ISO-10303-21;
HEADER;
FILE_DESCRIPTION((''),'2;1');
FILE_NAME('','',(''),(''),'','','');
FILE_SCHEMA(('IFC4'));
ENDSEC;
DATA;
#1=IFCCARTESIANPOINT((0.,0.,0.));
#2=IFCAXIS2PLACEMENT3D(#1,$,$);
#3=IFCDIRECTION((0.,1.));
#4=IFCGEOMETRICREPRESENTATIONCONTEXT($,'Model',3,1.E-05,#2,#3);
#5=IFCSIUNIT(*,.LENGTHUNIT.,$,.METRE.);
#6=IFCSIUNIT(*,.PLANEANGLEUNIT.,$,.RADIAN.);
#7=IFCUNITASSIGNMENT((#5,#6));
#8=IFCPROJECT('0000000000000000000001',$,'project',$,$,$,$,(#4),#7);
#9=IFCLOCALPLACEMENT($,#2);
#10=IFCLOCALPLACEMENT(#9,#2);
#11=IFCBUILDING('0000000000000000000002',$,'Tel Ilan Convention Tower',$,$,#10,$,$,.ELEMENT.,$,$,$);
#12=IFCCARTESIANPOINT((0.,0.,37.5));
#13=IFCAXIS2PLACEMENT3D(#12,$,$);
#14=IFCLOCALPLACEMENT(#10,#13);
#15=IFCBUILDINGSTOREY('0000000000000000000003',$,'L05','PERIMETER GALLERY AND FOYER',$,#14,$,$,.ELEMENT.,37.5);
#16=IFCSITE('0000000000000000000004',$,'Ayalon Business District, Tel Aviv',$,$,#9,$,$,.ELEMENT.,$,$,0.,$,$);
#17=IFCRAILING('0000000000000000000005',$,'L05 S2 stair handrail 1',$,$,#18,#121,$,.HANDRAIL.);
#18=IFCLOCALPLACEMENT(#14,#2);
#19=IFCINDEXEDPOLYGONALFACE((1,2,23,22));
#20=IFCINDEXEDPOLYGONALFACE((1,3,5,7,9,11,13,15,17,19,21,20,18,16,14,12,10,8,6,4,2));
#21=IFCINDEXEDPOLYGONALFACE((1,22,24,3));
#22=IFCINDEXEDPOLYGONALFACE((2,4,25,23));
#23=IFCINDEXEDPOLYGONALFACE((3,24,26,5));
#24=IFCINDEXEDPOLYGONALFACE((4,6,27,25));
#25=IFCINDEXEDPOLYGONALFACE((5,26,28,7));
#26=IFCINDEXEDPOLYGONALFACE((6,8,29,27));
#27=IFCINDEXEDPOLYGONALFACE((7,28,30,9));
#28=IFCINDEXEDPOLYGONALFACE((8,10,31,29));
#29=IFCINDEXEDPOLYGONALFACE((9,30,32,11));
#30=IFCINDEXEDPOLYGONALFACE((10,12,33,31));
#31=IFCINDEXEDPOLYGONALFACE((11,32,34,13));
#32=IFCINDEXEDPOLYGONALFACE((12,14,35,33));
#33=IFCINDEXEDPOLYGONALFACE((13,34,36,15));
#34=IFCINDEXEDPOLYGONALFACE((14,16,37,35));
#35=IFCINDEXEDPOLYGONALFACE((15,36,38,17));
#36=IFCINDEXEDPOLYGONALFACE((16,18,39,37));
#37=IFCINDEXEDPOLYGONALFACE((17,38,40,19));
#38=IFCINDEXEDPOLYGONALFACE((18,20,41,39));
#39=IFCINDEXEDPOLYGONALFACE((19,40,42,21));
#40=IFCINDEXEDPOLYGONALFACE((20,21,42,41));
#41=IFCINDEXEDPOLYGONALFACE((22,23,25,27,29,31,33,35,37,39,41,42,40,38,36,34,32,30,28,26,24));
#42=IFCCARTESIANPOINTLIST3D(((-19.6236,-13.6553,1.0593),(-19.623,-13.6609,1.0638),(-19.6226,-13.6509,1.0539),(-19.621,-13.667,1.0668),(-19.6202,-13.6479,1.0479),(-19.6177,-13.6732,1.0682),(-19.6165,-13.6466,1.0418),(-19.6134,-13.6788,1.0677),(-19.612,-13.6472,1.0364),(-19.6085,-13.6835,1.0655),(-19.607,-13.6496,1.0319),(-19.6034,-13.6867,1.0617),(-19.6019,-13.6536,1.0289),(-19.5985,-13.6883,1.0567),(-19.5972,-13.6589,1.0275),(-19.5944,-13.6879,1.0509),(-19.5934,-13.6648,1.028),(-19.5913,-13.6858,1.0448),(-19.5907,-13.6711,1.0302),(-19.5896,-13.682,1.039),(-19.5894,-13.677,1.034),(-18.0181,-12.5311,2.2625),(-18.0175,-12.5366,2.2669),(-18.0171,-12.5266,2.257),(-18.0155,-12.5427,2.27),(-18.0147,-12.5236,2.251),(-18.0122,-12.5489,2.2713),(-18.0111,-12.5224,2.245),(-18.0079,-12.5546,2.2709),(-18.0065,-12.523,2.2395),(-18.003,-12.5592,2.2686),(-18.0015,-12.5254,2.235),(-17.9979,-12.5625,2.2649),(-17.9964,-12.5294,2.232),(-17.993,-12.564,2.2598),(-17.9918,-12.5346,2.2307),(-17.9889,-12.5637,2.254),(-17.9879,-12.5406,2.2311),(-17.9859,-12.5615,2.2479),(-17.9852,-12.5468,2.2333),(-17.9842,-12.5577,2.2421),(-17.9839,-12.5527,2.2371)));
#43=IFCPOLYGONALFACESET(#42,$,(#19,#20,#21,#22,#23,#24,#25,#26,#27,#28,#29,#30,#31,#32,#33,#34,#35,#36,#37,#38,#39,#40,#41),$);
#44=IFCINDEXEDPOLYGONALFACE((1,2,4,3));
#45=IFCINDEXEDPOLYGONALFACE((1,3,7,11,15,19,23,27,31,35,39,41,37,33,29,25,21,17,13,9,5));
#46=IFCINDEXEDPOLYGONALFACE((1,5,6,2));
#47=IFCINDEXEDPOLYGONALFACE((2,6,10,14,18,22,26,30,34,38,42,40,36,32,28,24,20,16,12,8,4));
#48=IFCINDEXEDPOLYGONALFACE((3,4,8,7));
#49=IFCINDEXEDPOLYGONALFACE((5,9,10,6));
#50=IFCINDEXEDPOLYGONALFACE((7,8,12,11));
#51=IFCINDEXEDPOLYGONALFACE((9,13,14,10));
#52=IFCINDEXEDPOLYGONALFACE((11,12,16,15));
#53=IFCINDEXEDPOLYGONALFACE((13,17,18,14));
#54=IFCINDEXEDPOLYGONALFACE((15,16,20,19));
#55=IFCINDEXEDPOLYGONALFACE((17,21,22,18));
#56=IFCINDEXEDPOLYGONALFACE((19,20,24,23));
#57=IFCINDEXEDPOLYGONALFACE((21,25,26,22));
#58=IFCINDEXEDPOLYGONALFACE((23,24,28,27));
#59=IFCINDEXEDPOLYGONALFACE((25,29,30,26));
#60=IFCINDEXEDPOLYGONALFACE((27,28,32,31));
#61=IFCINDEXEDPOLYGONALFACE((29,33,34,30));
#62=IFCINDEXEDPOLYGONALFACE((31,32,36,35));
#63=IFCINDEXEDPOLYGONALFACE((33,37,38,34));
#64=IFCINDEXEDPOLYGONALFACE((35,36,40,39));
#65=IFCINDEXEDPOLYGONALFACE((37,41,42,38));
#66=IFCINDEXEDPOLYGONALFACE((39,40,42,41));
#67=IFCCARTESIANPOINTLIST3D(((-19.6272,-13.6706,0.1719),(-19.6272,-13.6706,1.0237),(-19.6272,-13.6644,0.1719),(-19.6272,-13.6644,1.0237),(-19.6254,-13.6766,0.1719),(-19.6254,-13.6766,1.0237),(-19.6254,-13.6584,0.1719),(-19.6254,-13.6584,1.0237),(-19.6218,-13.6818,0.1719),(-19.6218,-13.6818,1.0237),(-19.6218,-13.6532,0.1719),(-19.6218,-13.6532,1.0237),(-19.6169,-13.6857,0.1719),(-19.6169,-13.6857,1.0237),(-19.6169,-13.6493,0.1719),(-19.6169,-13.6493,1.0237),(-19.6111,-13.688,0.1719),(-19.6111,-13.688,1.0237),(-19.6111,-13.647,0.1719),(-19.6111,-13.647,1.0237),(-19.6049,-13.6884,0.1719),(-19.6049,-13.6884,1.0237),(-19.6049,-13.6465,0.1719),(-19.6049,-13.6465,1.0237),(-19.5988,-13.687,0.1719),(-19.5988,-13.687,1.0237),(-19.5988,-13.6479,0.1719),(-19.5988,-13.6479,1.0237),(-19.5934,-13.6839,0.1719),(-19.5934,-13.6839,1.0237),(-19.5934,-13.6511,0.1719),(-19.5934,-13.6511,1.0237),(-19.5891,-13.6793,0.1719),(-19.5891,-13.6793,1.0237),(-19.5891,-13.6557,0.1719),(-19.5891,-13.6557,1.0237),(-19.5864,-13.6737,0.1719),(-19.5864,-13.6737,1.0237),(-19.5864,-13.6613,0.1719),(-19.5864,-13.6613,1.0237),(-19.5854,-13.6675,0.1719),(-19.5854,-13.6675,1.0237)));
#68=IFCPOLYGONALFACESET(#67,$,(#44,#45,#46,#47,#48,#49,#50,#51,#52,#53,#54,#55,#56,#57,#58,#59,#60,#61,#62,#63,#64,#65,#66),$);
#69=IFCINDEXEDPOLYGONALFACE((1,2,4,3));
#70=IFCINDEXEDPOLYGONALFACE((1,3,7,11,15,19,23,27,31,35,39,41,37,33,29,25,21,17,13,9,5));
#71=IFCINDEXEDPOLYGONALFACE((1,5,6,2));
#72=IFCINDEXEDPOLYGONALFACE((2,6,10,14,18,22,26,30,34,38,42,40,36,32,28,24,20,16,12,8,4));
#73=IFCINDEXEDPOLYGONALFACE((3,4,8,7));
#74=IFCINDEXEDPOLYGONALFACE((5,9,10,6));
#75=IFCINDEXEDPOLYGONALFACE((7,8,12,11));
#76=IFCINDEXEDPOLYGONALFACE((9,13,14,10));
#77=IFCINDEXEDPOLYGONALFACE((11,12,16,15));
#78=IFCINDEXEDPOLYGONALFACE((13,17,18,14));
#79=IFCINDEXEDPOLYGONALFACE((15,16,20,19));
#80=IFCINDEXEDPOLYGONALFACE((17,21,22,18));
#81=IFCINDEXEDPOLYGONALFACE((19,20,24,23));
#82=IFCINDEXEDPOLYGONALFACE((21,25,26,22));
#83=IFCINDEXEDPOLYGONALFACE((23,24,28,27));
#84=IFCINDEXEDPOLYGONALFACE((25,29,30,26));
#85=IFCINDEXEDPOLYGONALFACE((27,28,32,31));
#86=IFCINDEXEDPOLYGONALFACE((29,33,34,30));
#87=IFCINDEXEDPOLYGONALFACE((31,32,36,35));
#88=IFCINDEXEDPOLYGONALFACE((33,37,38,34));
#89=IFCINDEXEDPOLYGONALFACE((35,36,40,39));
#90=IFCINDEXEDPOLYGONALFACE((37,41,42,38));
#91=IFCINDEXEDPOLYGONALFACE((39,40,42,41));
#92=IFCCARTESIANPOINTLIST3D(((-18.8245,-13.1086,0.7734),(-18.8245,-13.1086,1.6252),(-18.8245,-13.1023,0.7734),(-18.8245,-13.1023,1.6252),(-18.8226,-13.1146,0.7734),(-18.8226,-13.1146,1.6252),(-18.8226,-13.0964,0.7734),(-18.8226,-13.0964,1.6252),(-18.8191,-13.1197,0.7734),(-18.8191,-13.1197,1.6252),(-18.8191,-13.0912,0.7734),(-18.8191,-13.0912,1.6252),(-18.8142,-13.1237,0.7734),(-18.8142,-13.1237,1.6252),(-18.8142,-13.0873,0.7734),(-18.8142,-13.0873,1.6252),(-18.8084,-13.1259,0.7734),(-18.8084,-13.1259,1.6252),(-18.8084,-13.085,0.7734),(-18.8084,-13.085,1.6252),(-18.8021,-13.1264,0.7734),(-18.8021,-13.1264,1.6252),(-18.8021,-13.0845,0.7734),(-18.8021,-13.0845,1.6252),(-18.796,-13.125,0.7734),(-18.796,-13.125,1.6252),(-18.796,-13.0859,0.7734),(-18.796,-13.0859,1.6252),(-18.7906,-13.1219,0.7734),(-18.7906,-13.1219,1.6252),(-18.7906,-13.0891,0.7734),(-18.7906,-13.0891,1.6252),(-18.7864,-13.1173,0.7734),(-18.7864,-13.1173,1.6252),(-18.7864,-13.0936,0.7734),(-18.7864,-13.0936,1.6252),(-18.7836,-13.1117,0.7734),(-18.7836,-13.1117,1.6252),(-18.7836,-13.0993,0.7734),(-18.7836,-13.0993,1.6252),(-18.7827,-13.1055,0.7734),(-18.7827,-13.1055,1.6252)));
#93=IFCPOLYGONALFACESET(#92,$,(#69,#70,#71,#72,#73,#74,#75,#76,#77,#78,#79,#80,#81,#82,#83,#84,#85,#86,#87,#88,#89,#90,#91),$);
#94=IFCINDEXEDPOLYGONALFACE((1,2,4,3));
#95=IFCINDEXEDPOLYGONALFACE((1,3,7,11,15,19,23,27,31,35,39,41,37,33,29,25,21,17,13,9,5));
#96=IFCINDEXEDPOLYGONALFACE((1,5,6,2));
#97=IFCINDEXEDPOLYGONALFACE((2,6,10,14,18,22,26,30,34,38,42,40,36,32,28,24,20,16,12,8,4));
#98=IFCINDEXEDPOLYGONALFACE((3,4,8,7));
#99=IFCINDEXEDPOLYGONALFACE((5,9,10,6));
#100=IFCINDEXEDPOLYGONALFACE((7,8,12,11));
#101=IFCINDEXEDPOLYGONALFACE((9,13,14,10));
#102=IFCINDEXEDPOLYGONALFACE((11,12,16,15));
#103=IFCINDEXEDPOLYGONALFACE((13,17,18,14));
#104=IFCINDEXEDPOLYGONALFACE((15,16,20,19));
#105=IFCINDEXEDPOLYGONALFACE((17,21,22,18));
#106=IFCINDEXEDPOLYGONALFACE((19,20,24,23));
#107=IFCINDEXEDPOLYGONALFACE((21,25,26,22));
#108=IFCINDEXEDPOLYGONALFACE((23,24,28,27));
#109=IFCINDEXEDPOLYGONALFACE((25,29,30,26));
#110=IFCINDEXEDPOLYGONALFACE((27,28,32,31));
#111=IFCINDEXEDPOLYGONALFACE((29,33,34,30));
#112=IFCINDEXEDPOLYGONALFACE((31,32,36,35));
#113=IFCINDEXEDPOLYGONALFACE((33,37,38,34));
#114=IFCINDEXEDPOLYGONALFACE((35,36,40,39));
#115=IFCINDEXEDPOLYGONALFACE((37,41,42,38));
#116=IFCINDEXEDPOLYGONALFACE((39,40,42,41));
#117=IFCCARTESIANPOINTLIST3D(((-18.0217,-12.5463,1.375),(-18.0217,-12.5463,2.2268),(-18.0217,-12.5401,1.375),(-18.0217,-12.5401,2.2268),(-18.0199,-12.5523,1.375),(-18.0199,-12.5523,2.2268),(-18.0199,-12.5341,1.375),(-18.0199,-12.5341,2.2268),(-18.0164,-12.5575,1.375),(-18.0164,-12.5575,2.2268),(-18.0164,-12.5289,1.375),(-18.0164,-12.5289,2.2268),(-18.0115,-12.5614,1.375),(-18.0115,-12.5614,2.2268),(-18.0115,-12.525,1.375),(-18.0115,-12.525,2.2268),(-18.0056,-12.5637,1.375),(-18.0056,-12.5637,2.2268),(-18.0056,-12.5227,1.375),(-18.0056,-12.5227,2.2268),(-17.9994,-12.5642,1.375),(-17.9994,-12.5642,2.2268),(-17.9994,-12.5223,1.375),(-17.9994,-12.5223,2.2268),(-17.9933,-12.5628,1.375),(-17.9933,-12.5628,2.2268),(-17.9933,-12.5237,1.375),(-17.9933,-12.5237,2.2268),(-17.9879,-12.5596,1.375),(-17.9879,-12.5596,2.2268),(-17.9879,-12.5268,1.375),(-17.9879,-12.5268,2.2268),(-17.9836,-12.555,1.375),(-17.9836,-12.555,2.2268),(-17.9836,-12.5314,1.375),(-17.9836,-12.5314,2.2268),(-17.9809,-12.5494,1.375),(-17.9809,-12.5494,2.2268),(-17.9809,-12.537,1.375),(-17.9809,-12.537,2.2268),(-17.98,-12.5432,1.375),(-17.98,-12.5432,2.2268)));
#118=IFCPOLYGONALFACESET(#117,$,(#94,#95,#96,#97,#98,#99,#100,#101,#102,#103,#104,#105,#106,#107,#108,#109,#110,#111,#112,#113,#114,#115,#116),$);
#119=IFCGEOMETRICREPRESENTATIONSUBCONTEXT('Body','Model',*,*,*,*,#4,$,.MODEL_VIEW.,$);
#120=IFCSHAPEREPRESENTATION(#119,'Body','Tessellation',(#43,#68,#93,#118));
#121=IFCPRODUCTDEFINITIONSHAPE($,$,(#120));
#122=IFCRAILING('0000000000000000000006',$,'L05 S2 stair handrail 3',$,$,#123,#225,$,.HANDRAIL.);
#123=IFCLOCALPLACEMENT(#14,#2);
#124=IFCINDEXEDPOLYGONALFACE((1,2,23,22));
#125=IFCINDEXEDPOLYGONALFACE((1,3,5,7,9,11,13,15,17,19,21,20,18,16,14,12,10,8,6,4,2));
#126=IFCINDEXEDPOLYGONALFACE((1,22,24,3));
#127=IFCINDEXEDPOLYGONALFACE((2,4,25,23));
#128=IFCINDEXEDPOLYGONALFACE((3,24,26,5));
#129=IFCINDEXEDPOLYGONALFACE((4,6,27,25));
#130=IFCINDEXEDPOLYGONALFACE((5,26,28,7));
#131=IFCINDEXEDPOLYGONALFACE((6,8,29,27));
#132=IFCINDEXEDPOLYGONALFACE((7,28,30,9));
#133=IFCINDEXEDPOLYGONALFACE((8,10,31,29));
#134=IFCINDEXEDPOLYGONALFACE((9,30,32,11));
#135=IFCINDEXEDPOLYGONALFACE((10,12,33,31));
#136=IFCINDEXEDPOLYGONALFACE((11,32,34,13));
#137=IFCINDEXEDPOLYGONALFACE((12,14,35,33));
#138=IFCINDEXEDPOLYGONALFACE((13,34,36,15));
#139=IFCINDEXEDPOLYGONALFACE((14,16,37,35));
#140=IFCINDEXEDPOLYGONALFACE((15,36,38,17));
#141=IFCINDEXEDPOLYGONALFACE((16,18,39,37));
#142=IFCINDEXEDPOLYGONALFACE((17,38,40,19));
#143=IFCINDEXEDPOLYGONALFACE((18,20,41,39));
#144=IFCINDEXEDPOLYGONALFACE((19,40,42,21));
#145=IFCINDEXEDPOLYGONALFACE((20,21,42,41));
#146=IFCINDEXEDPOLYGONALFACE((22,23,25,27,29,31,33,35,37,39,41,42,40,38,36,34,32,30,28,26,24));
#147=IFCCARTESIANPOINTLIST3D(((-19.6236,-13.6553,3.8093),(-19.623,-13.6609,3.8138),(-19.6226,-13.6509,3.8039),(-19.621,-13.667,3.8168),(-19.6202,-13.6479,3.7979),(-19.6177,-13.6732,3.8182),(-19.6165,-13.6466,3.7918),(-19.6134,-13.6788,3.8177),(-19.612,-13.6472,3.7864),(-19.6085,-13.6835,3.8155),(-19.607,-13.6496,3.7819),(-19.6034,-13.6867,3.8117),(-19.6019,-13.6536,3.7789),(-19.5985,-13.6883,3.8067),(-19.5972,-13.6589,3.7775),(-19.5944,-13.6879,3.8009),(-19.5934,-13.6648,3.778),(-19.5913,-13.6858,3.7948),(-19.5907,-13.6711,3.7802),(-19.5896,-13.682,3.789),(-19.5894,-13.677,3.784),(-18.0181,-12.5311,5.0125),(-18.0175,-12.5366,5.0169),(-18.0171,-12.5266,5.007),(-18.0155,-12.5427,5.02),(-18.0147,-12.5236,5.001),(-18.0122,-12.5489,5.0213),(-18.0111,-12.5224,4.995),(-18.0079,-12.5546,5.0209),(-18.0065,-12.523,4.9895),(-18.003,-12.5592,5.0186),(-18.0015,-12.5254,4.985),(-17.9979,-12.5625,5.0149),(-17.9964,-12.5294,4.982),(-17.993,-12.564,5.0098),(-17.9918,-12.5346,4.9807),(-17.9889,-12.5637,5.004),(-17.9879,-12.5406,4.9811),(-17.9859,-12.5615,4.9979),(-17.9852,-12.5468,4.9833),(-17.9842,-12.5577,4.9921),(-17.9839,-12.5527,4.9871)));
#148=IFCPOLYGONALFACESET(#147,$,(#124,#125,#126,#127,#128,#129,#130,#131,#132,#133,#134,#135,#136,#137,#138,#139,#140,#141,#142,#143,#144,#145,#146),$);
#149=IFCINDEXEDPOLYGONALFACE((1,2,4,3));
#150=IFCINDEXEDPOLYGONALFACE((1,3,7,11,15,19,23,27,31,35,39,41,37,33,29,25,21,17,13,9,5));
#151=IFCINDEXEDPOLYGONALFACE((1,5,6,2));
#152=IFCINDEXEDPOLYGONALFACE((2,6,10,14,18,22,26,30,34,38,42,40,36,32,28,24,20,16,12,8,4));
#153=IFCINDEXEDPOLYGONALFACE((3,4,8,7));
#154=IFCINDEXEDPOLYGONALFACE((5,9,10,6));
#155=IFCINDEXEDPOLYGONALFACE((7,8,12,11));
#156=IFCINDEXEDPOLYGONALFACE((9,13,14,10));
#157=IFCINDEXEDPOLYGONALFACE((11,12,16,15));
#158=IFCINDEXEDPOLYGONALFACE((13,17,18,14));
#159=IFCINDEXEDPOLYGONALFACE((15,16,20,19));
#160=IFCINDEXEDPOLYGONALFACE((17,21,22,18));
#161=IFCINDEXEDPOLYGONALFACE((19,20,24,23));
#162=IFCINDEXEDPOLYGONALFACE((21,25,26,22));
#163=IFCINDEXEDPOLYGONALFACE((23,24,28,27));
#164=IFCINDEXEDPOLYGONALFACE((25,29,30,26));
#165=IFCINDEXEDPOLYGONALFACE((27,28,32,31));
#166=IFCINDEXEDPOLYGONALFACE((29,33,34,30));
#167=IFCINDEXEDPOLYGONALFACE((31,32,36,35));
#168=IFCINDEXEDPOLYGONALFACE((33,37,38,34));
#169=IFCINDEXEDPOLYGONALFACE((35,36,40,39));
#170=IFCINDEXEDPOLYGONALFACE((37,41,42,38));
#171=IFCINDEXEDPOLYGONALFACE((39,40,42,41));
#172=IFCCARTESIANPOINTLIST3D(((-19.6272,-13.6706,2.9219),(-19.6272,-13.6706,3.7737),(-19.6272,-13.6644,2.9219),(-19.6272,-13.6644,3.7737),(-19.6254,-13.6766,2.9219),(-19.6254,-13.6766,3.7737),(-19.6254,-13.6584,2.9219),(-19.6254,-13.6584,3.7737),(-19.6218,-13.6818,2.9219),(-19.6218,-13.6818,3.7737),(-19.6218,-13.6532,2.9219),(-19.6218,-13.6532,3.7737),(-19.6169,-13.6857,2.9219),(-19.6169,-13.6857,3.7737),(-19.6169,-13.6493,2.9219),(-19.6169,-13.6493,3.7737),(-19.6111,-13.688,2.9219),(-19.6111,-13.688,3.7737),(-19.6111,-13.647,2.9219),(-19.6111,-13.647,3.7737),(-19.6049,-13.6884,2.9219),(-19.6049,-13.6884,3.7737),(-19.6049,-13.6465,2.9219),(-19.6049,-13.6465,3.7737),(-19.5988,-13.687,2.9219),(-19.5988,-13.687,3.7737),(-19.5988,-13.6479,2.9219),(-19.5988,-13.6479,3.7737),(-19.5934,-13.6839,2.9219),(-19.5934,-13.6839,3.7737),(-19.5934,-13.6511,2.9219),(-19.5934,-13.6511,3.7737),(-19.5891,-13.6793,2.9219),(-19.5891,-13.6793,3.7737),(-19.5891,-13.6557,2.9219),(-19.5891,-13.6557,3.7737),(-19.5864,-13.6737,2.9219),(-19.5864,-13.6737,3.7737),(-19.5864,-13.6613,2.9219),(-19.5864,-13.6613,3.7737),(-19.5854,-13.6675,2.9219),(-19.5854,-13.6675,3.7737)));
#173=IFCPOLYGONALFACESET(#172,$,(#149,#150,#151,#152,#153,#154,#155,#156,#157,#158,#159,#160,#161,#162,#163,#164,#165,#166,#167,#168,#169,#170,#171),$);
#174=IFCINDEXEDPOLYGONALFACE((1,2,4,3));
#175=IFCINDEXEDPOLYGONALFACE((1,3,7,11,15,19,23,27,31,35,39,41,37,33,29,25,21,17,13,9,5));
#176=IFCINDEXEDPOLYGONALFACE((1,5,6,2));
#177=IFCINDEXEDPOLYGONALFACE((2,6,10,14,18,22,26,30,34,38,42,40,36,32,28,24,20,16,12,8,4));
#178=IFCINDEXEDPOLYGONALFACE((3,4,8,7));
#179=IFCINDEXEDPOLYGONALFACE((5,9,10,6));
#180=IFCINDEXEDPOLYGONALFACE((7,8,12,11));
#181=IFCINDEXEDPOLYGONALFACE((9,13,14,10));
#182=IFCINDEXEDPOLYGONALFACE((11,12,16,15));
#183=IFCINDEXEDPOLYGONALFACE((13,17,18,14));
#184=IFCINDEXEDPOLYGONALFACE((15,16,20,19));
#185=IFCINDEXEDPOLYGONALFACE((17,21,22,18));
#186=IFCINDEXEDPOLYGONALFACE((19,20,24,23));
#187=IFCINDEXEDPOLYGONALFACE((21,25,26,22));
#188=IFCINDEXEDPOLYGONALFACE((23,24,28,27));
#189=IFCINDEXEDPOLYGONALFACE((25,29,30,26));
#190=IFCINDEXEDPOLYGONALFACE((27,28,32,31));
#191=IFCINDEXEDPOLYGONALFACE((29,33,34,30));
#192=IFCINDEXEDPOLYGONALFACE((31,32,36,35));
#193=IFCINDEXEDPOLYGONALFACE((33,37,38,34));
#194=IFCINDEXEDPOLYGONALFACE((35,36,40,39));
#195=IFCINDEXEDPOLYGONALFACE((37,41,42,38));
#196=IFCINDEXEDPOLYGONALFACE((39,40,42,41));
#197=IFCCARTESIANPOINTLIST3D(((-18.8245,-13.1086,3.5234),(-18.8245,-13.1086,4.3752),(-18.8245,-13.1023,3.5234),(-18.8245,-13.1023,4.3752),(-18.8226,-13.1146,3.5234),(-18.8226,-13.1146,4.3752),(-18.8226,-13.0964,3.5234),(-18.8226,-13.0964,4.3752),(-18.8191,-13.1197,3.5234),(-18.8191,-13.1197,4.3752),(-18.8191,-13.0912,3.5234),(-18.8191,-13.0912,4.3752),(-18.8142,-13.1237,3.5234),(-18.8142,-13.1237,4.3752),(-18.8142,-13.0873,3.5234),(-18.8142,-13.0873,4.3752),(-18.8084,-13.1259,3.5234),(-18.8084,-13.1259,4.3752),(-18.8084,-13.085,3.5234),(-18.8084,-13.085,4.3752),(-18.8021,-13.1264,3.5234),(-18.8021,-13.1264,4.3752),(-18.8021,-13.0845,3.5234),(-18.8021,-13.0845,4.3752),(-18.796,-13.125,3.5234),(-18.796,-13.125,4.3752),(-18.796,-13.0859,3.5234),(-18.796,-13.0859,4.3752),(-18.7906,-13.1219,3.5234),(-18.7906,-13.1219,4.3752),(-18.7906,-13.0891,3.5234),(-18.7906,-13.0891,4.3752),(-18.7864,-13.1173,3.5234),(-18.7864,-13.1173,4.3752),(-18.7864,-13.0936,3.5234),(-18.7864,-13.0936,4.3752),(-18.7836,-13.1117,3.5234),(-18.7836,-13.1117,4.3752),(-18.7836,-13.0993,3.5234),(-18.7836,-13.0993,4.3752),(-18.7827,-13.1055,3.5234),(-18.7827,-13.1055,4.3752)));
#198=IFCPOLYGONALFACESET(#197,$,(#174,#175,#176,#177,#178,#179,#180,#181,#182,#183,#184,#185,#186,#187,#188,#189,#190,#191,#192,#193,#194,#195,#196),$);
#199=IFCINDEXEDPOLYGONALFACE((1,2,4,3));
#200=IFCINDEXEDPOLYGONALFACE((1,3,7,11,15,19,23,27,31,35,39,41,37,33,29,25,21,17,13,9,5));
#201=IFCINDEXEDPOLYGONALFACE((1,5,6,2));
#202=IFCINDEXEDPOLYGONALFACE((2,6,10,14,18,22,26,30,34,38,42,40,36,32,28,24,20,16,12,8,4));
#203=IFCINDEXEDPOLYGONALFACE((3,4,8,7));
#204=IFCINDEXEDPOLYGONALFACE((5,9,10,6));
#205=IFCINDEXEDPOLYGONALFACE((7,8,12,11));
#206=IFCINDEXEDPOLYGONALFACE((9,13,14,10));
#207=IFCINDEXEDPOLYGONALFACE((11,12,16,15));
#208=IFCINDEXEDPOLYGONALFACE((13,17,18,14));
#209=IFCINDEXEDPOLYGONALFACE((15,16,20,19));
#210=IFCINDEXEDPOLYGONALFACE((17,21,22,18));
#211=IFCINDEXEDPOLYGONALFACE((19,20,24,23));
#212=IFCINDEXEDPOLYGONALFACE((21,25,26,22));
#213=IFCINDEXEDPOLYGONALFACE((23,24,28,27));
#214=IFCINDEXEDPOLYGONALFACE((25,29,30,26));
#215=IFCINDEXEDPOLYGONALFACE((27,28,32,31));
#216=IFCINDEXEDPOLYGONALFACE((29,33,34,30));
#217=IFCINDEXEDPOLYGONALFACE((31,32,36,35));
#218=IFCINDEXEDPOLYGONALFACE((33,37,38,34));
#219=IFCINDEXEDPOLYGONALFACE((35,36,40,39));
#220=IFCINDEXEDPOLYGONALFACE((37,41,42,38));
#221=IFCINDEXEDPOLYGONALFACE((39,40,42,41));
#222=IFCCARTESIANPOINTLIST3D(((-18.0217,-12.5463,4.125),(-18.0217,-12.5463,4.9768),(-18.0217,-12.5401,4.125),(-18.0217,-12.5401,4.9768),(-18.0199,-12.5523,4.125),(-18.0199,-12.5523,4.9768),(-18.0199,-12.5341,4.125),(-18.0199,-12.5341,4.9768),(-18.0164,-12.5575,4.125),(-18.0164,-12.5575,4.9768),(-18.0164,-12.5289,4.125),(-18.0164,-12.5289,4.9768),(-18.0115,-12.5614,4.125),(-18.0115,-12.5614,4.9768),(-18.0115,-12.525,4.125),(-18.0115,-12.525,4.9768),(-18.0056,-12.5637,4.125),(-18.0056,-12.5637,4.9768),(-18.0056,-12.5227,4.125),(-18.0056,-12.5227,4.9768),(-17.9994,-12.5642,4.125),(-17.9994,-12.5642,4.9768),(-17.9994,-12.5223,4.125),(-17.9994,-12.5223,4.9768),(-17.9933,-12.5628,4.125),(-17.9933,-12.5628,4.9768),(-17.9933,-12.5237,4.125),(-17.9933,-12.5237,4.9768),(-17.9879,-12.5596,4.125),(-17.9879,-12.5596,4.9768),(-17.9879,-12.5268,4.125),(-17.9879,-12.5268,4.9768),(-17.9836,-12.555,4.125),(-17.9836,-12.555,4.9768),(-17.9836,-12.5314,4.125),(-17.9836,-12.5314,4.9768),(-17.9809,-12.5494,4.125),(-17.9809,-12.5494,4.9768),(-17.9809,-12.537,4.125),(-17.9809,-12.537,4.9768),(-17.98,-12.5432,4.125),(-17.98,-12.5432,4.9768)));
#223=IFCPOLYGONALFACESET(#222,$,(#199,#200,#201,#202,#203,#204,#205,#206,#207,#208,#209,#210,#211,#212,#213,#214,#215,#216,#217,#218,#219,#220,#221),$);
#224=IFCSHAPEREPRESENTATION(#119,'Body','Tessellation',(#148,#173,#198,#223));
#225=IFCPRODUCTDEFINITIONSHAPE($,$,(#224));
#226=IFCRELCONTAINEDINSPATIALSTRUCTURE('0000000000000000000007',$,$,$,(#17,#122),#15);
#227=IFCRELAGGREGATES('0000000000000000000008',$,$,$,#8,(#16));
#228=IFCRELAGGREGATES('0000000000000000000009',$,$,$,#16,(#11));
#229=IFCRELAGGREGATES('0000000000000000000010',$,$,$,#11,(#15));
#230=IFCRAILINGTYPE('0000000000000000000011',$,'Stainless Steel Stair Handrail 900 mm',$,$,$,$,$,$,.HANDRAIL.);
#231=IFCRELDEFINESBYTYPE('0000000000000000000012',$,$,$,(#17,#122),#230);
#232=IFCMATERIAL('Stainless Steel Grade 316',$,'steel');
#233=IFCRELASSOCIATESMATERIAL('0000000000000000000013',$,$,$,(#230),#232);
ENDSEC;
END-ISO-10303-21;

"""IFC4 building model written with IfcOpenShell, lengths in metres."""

from ifc_helpers import new_model, si_unit, direction, frame, origin, origin_2d, place, context, subcontext, project, spatial, circle, extrude, material, type_object, element, save


model = new_model("IFC4")

# Units and contexts
model_context = context("Model", 3, precision=1e-05, world=origin(), true_north=direction((0.0, 1.0)))
body_context = subcontext(model_context, "Body", "Model", "MODEL_VIEW")
ifc_project = project(units=[si_unit("LENGTHUNIT", "METRE"), si_unit("PLANEANGLEUNIT", "RADIAN")], contexts=[model_context])

# Site, building, storey
site_placement = place(None, origin())
site = spatial("IfcSite", under=ifc_project, at=site_placement, Name="Ayalon Business District, Tel Aviv", CompositionType="ELEMENT", RefElevation=0.0)
building_placement = place(site_placement, origin())
building = spatial("IfcBuilding", under=site, at=building_placement, Name="Tel Ilan Convention Tower", CompositionType="ELEMENT")
storey_placement = place(building_placement, frame((0.0, 0.0, 37.5)))
storey = spatial("IfcBuildingStorey", under=building, at=storey_placement, Name="L05", Description="PERIMETER GALLERY AND FOYER", CompositionType="ELEMENT", Elevation=37.5)

# Railings
ifc_material_1 = material(Name="Stainless Steel Grade 316", Category="steel")
railing_type_1 = type_object("IfcRailingType", Name="Stainless Steel Stair Handrail 900 mm", PredefinedType="HANDRAIL", material=ifc_material_1)
for number, where, name in (
    (1, (-19.6064, -13.6675, 0.1719), "L05 S2 stair handrail 1"),
    (2, (-19.6064, -13.6675, 2.9219), "L05 S2 stair handrail 3"),
):
    element("IfcRailing", number, at=place(storey_placement, frame(where)), inside=storey, type_object=railing_type_1, Name=name, PredefinedType="HANDRAIL", context=body_context, shape_type="SweptSolid", body=[
        extrude(circle(Radius=0.0239, at=origin_2d()), frame((0.0, 0.0, 0.876), z_axis=(0.698095, 0.488857, 0.523146), x_axis=(-0.573613, 0.819127, 0.0)), (0.0, 0.0, 1.0), 2.2998),
        extrude(circle(Radius=0.021, at=origin_2d()), origin(), (0.0, 0.0, 1.0), 0.8518),
        extrude(circle(Radius=0.021, at=origin_2d()), frame((0.8027, 0.562, 0.6016)), (0.0, 0.0, 1.0), 0.8518),
        extrude(circle(Radius=0.021, at=origin_2d()), frame((1.6055, 1.1243, 1.2031)), (0.0, 0.0, 1.0), 0.8518),
    ])

save(model, "model.ifc")
